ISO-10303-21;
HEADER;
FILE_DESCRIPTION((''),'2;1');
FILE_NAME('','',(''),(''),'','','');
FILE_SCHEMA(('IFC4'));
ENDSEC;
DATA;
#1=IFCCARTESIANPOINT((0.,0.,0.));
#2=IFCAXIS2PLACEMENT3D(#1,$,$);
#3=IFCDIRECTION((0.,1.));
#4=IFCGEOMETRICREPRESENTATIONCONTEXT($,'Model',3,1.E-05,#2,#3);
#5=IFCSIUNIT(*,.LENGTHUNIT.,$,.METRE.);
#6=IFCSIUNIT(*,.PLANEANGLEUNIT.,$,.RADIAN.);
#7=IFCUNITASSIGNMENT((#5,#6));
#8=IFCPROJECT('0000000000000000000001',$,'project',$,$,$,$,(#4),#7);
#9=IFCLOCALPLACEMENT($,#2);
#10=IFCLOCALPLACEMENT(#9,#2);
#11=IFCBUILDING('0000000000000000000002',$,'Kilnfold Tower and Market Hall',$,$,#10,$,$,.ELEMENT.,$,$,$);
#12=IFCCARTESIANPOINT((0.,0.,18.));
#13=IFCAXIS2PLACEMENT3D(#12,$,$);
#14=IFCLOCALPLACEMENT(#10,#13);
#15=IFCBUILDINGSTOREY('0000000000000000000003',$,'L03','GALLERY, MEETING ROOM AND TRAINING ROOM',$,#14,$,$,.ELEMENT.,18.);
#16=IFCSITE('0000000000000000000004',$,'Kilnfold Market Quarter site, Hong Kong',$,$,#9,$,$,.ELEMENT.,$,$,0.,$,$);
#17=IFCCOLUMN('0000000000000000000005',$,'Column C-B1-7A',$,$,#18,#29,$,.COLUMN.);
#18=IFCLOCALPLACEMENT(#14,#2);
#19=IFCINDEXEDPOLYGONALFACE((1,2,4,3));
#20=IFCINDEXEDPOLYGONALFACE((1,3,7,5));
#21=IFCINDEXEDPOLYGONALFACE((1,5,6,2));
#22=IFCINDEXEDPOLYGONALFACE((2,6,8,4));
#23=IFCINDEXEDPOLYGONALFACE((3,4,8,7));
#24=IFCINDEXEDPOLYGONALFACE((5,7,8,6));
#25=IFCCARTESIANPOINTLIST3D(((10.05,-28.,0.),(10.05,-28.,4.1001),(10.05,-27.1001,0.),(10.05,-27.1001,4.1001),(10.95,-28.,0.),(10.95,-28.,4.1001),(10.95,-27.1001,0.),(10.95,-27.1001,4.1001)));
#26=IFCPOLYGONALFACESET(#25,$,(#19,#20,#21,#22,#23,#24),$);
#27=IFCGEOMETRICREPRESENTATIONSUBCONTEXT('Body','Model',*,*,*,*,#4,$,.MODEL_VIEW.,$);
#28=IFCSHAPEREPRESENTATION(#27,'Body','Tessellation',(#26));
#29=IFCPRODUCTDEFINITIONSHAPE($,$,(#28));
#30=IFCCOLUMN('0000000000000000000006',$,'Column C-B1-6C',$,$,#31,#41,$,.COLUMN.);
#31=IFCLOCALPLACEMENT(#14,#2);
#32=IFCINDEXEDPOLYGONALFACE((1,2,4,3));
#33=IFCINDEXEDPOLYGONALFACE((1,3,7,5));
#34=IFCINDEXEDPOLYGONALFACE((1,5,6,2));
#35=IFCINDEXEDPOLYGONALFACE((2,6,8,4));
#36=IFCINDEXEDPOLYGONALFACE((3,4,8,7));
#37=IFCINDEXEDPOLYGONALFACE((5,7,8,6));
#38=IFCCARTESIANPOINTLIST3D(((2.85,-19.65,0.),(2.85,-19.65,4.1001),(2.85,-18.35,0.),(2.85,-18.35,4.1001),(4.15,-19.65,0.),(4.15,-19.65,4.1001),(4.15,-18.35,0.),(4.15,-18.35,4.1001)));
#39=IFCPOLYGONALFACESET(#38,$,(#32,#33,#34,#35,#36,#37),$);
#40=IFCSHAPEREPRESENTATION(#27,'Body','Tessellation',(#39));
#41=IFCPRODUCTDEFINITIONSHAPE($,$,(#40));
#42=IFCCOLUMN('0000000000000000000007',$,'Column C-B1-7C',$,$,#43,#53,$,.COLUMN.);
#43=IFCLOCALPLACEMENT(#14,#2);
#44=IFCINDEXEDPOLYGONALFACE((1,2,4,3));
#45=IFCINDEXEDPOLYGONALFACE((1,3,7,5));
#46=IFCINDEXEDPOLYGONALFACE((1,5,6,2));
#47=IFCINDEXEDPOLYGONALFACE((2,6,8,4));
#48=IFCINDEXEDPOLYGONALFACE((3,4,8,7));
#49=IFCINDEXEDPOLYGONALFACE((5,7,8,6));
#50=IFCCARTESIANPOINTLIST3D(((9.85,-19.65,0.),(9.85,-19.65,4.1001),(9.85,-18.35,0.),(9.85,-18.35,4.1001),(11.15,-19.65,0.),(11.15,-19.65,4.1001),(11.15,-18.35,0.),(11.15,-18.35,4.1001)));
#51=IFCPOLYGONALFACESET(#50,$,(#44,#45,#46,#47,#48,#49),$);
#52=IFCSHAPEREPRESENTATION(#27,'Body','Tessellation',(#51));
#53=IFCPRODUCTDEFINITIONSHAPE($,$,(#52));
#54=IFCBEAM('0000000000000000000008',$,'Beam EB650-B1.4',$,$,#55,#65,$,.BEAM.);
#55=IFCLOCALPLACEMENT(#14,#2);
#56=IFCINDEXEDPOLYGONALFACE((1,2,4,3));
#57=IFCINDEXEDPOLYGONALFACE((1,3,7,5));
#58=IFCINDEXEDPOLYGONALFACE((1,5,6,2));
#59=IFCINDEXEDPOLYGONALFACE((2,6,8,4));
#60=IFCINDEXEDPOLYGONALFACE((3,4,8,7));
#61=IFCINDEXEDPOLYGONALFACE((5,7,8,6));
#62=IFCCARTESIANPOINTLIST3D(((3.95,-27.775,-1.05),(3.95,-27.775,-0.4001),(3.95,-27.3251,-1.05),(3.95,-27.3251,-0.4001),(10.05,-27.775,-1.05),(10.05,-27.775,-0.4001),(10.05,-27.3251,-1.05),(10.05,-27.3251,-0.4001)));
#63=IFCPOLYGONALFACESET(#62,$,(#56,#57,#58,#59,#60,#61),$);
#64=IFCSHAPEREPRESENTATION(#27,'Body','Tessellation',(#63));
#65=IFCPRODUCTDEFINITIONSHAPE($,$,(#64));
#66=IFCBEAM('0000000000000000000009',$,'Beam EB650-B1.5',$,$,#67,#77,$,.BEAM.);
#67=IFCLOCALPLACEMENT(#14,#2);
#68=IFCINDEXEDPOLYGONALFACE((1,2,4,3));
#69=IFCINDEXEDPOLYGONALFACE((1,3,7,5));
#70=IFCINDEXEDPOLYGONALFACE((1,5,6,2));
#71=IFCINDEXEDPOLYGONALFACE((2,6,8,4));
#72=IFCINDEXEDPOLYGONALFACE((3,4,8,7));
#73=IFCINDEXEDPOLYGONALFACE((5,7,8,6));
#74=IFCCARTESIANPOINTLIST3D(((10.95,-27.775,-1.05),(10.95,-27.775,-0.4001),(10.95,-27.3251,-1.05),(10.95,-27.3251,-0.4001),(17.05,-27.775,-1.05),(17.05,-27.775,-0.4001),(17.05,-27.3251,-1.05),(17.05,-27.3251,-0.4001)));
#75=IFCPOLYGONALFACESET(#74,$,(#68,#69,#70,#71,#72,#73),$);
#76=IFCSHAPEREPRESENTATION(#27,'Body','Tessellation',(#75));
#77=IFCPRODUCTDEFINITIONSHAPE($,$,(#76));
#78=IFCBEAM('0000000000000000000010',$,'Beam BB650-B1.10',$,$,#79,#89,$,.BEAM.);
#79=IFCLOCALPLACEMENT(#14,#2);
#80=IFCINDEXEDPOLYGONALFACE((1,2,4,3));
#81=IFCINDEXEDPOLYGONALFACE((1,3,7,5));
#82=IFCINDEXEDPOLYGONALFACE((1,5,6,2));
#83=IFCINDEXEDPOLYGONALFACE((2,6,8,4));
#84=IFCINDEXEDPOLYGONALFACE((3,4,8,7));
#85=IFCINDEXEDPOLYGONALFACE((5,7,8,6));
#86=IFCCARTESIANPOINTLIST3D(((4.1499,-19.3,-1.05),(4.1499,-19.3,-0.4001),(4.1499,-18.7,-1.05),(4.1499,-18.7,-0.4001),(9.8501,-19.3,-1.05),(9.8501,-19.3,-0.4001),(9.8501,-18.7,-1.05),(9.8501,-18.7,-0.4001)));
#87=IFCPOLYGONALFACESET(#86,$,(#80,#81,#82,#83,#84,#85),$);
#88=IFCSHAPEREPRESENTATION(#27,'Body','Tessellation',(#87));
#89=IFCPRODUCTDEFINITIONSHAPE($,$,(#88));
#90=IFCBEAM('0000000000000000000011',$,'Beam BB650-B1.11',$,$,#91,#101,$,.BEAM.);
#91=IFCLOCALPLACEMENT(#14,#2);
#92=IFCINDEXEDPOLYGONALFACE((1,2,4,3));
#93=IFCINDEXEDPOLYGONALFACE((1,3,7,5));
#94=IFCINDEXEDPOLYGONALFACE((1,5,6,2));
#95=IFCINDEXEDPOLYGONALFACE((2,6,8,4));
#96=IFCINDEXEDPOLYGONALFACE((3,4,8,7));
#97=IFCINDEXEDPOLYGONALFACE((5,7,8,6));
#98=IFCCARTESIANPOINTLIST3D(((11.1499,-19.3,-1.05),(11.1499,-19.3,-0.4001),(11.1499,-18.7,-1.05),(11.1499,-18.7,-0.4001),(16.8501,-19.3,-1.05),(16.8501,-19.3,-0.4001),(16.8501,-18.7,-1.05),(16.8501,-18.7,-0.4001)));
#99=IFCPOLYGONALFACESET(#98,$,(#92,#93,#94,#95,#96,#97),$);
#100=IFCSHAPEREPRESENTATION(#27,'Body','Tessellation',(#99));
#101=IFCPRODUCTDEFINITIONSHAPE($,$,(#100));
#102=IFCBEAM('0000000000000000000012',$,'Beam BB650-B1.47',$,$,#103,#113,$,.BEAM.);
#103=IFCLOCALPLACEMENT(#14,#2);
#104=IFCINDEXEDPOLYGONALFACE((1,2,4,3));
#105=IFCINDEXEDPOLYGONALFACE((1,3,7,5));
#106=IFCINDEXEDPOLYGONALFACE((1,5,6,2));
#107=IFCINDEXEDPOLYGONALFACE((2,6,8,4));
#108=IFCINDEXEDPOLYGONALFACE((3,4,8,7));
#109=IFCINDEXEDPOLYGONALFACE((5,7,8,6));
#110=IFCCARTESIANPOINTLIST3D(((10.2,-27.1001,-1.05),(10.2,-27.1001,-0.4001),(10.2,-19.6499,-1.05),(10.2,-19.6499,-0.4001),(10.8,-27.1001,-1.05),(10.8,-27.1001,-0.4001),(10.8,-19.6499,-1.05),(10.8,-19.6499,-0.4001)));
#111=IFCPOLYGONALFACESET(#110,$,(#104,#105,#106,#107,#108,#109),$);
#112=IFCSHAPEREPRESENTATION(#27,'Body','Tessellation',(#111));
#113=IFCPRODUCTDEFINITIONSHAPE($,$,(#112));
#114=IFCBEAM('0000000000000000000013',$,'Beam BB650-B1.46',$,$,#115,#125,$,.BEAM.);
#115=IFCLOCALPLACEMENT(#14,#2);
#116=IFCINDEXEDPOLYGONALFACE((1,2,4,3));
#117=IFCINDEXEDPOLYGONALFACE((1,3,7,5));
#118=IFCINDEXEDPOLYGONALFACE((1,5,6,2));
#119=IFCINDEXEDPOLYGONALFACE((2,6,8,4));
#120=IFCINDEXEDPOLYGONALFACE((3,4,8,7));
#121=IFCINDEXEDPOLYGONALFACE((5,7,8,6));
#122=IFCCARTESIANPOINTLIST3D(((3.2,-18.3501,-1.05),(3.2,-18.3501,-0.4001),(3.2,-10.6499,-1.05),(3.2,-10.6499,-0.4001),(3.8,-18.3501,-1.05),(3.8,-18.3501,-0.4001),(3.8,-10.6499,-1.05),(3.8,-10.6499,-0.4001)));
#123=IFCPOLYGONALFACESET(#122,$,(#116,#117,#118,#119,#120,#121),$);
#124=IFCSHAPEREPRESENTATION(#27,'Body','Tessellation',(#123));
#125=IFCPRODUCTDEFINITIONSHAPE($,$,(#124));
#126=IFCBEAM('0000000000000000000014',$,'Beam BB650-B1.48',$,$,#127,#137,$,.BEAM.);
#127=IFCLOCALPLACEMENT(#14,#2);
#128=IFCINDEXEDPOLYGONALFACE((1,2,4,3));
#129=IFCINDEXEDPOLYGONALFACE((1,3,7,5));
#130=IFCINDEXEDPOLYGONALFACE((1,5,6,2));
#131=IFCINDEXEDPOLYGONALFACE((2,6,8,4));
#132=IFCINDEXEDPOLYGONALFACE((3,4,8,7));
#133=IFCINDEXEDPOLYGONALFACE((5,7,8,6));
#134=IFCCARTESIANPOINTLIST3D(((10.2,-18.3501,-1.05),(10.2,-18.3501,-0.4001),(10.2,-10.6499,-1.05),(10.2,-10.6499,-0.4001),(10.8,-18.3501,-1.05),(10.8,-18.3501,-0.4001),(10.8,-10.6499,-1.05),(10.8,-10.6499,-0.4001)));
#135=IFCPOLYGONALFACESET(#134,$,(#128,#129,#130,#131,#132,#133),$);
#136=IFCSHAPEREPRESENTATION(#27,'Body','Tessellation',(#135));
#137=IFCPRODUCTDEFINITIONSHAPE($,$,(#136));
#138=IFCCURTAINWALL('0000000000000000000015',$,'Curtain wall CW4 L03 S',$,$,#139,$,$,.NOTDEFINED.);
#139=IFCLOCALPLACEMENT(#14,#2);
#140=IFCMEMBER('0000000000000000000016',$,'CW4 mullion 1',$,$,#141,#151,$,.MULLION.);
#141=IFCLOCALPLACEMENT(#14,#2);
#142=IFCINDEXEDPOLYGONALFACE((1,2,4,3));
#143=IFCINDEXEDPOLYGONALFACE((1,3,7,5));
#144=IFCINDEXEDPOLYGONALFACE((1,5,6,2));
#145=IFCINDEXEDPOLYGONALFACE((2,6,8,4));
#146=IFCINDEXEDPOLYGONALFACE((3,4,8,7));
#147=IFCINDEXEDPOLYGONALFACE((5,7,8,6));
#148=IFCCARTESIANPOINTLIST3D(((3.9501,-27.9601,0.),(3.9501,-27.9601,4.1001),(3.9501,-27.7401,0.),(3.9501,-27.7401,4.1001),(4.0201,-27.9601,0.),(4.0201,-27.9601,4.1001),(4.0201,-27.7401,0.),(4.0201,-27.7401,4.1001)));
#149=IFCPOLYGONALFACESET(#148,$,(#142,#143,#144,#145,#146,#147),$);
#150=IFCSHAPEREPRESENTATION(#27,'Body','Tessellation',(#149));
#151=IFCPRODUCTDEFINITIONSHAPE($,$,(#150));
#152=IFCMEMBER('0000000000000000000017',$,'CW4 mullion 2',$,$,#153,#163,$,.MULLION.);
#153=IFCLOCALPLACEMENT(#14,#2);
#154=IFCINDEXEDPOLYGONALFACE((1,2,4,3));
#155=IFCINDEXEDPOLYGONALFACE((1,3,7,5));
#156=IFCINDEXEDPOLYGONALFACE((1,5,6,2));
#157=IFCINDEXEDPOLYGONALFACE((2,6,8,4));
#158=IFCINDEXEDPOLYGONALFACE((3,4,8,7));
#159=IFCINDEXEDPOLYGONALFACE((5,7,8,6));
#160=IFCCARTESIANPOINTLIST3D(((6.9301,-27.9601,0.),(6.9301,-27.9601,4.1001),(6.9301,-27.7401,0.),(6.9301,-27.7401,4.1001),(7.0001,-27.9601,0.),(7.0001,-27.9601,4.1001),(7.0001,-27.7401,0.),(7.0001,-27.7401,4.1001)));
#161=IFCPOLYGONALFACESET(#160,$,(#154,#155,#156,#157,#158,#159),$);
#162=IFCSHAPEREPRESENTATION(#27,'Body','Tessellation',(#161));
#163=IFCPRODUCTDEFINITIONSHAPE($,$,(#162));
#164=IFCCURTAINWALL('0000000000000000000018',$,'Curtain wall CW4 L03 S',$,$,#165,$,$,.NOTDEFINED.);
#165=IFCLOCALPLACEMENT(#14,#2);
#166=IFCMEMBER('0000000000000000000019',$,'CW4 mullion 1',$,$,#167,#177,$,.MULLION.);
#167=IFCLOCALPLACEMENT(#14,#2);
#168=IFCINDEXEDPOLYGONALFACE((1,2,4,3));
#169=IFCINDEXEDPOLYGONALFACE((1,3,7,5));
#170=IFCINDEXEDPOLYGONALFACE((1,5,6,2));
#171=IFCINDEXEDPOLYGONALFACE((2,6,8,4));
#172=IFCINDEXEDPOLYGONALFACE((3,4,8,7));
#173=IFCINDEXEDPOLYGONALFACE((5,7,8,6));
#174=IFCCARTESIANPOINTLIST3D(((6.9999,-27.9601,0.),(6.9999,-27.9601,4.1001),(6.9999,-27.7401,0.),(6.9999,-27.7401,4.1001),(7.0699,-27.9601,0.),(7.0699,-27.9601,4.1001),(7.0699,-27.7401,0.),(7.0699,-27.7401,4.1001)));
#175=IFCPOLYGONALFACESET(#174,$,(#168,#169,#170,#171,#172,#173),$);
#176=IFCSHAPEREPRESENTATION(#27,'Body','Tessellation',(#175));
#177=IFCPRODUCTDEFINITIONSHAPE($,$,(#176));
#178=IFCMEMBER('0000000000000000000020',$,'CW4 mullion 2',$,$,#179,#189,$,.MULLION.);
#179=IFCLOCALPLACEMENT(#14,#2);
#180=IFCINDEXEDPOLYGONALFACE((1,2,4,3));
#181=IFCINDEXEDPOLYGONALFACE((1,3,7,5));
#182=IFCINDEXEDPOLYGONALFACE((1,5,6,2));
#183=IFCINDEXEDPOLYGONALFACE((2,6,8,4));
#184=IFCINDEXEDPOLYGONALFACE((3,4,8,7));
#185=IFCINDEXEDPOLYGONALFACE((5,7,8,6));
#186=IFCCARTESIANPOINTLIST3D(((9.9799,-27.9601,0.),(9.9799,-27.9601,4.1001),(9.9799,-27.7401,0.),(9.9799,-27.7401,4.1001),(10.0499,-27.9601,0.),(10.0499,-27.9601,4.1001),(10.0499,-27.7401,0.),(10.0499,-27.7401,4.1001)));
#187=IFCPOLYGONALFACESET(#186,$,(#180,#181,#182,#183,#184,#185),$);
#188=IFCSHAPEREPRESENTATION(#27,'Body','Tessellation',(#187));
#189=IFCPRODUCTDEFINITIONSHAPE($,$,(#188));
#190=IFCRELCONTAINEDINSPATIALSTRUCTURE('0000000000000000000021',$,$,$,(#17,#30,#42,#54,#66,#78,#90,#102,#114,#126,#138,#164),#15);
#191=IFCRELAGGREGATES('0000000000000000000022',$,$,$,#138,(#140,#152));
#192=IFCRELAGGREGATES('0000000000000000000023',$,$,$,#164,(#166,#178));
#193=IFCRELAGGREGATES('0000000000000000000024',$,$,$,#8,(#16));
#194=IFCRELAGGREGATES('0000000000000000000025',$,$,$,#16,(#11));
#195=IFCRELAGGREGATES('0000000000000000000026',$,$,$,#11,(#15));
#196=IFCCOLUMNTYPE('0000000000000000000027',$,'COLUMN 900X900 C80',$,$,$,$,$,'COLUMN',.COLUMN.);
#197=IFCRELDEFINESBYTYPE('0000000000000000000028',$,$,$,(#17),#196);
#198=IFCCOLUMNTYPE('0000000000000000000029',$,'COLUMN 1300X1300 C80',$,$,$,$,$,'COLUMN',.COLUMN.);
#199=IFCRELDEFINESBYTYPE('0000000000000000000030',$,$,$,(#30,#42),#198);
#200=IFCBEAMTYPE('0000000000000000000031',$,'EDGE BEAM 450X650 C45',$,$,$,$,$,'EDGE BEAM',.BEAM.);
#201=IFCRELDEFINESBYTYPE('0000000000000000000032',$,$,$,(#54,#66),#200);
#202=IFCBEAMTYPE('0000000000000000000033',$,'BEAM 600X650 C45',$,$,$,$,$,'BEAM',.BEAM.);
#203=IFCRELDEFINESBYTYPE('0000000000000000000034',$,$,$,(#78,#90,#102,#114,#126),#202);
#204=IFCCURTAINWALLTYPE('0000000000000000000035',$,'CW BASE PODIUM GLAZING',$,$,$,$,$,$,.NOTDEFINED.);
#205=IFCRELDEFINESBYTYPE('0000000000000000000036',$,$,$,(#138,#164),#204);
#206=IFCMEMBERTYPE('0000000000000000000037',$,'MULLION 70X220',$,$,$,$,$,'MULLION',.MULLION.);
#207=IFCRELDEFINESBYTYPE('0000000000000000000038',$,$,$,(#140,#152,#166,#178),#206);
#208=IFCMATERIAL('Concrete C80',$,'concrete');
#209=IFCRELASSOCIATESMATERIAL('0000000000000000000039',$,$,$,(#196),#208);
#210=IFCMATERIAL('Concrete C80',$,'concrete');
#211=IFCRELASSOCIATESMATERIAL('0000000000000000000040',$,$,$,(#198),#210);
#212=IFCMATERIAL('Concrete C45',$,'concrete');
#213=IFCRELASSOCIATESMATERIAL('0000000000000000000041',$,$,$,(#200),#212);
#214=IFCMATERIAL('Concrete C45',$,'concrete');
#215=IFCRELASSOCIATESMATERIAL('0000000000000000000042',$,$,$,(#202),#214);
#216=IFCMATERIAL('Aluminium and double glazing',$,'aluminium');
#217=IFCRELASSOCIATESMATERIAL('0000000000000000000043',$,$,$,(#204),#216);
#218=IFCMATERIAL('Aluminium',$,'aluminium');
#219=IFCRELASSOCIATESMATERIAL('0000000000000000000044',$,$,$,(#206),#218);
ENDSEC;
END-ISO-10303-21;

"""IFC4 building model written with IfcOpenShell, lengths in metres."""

from ifc_helpers import new_model, si_unit, direction, frame, origin, origin_2d, place, context, subcontext, project, spatial, rectangle, extrude, source, transform, mapped, material, material_profile, profile_set, type_object, element, aggregate, save


model = new_model("IFC4")

# Units and contexts
model_context = context("Model", 3, precision=1e-05, world=origin(), true_north=direction((0.0, 1.0)))
body_context = subcontext(model_context, "Body", "Model", "MODEL_VIEW")
ifc_project = project(units=[si_unit("LENGTHUNIT", "METRE"), si_unit("PLANEANGLEUNIT", "RADIAN")], contexts=[model_context])

# Site, building, storey
site_placement = place(None, origin())
site = spatial("IfcSite", under=ifc_project, at=site_placement, Name="Kilnfold Market Quarter site, Hong Kong", CompositionType="ELEMENT", RefElevation=0.0)
building_placement = place(site_placement, origin())
building = spatial("IfcBuilding", under=site, at=building_placement, Name="Kilnfold Tower and Market Hall", CompositionType="ELEMENT")
storey_placement = place(building_placement, frame((0.0, 0.0, 18.0)))
storey = spatial("IfcBuildingStorey", under=building, at=storey_placement, Name="L03", Description="GALLERY, MEETING ROOM AND TRAINING ROOM", CompositionType="ELEMENT", Elevation=18.0)

# Columns
ifc_material_1 = material(Name="Concrete C80", Category="concrete")
ifc_material_profile_1 = material_profile(ifc_material_1, rectangle(XDim=0.8999, YDim=0.8999, at=origin_2d()), Name="RC 900x900")
ifc_profile_set_1 = profile_set([ifc_material_profile_1], Name="Concrete C80")
column_type_1 = type_object("IfcColumnType", Name="COLUMN 900X900 C80", ElementType="COLUMN", PredefinedType="COLUMN", material=ifc_profile_set_1)
shared_shape_1 = source(origin(), body_context, "Body", "SweptSolid", [
    extrude(rectangle(XDim=0.8999, YDim=0.8999, at=origin_2d()), origin(), (0.0, 0.0, 1.0), 4.1001),
])
column_placement = place(storey_placement, frame((10.5, -27.55, 0.0), z_axis=(0.0, 0.0, 1.0), x_axis=(1.0, 0.0, 0.0)))
element("IfcColumn", 1, at=column_placement, inside=storey, type_object=column_type_1, Name="Column C-B1-7A", PredefinedType="COLUMN", context=body_context, shape_type="MappedRepresentation", body=[
    mapped(shared_shape_1, transform((0.0, 0.0, 0.0))),
])
ifc_material_2 = material(Name="Concrete C80", Category="concrete")
ifc_material_profile_2 = material_profile(ifc_material_2, rectangle(XDim=1.3, YDim=1.3, at=origin_2d()), Name="RC 1300x1300")
ifc_profile_set_2 = profile_set([ifc_material_profile_2], Name="Concrete C80")
column_type_2 = type_object("IfcColumnType", Name="COLUMN 1300X1300 C80", ElementType="COLUMN", PredefinedType="COLUMN", material=ifc_profile_set_2)
shared_shape_2 = source(origin(), body_context, "Body", "SweptSolid", [
    extrude(rectangle(XDim=1.3, YDim=1.3, at=origin_2d()), origin(), (0.0, 0.0, 1.0), 4.1001),
])
for number, where, z_axis, x_axis, name in (
    (2, (3.5, -19.0, 0.0), (0.0, 0.0, 1.0), (1.0, 0.0, 0.0), "Column C-B1-6C"),
    (3, (10.5, -19.0, 0.0), (0.0, 0.0, 1.0), (1.0, 0.0, 0.0), "Column C-B1-7C"),
):
    element("IfcColumn", number, at=place(storey_placement, frame(where, z_axis=z_axis, x_axis=x_axis)), inside=storey, type_object=column_type_2, Name=name, PredefinedType="COLUMN", context=body_context, shape_type="MappedRepresentation", body=[
        mapped(shared_shape_2, transform((0.0, 0.0, 0.0))),
    ])

# Beams
ifc_material_3 = material(Name="Concrete C45", Category="concrete")
ifc_material_profile_3 = material_profile(ifc_material_3, rectangle(XDim=0.45, YDim=0.6499, at=origin_2d()), Name="RC 450x650")
ifc_profile_set_3 = profile_set([ifc_material_profile_3], Name="Concrete C45")
beam_type_1 = type_object("IfcBeamType", Name="EDGE BEAM 450X650 C45", ElementType="EDGE BEAM", PredefinedType="BEAM", material=ifc_profile_set_3)
shared_shape_3 = source(origin(), body_context, "Body", "SweptSolid", [
    extrude(rectangle(XDim=0.45, YDim=0.6499, at=origin_2d()), origin(), (0.0, 0.0, 1.0), 6.1001),
])
for number, where, z_axis, x_axis, name in (
    (4, (3.95, -27.55, -0.7251), (1.0, 0.0, 0.0), (0.0, 1.0, 0.0), "Beam EB650-B1.4"),
    (5, (10.95, -27.55, -0.7251), (1.0, 0.0, 0.0), (0.0, 1.0, 0.0), "Beam EB650-B1.5"),
):
    element("IfcBeam", number, at=place(storey_placement, frame(where, z_axis=z_axis, x_axis=x_axis)), inside=storey, type_object=beam_type_1, Name=name, PredefinedType="BEAM", context=body_context, shape_type="MappedRepresentation", body=[
        mapped(shared_shape_3, transform((0.0, 0.0, 0.0))),
    ])
ifc_material_4 = material(Name="Concrete C45", Category="concrete")
ifc_material_profile_4 = material_profile(ifc_material_4, rectangle(XDim=0.6001, YDim=0.6499, at=origin_2d()), Name="RC 600x650")
ifc_profile_set_4 = profile_set([ifc_material_profile_4], Name="Concrete C45")
beam_type_2 = type_object("IfcBeamType", Name="BEAM 600X650 C45", ElementType="BEAM", PredefinedType="BEAM", material=ifc_profile_set_4)
shared_shape_4 = source(origin(), body_context, "Body", "SweptSolid", [
    extrude(rectangle(XDim=0.6001, YDim=0.6499, at=origin_2d()), origin(), (0.0, 0.0, 1.0), 5.7002),
])
for number, where, z_axis, x_axis, name in (
    (6, (4.1499, -19.0, -0.7251), (1.0, 0.0, 0.0), (0.0, 1.0, 0.0), "Beam BB650-B1.10"),
    (7, (11.1499, -19.0, -0.7251), (1.0, 0.0, 0.0), (0.0, 1.0, 0.0), "Beam BB650-B1.11"),
):
    element("IfcBeam", number, at=place(storey_placement, frame(where, z_axis=z_axis, x_axis=x_axis)), inside=storey, type_object=beam_type_2, Name=name, PredefinedType="BEAM", context=body_context, shape_type="MappedRepresentation", body=[
        mapped(shared_shape_4, transform((0.0, 0.0, 0.0))),
    ])
shared_shape_5 = source(origin(), body_context, "Body", "SweptSolid", [
    extrude(rectangle(XDim=0.6001, YDim=0.6499, at=origin_2d()), origin(), (0.0, 0.0, 1.0), 7.4502),
])
beam_placement = place(storey_placement, frame((10.5, -27.1001, -0.7251), z_axis=(0.0, 1.0, 0.0), x_axis=(-1.0, 0.0, 0.0)))
element("IfcBeam", 8, at=beam_placement, inside=storey, type_object=beam_type_2, Name="Beam BB650-B1.47", PredefinedType="BEAM", context=body_context, shape_type="MappedRepresentation", body=[
    mapped(shared_shape_5, transform((0.0, 0.0, 0.0))),
])
shared_shape_6 = source(origin(), body_context, "Body", "SweptSolid", [
    extrude(rectangle(XDim=0.6001, YDim=0.6499, at=origin_2d()), origin(), (0.0, 0.0, 1.0), 7.7002),
])
for number, where, z_axis, x_axis, name in (
    (9, (3.5, -18.3501, -0.7251), (0.0, 1.0, 0.0), (-1.0, 0.0, 0.0), "Beam BB650-B1.46"),
    (10, (10.5, -18.3501, -0.7251), (0.0, 1.0, 0.0), (-1.0, 0.0, 0.0), "Beam BB650-B1.48"),
):
    element("IfcBeam", number, at=place(storey_placement, frame(where, z_axis=z_axis, x_axis=x_axis)), inside=storey, type_object=beam_type_2, Name=name, PredefinedType="BEAM", context=body_context, shape_type="MappedRepresentation", body=[
        mapped(shared_shape_6, transform((0.0, 0.0, 0.0))),
    ])

# Curtain walls, members
ifc_material_5 = material(Name="Aluminium and double glazing", Category="aluminium")
curtain_wall_type = type_object("IfcCurtainWallType", Name="CW BASE PODIUM GLAZING", PredefinedType="NOTDEFINED", material=ifc_material_5)
curtain_wall_1_placement = place(storey_placement, origin())
curtain_wall_1 = element("IfcCurtainWall", 11, at=curtain_wall_1_placement, inside=storey, type_object=curtain_wall_type, Name="Curtain wall CW4 L03 S", PredefinedType="NOTDEFINED")
ifc_material_6 = material(Name="Aluminium", Category="aluminium")
ifc_material_profile_5 = material_profile(ifc_material_6, rectangle(XDim=0.0701, YDim=0.22, at=origin_2d()), Name="MULLION 70x220")
ifc_profile_set_5 = profile_set([ifc_material_profile_5], Name="Aluminium")
member_type_1 = type_object("IfcMemberType", Name="MULLION 70X220", ElementType="MULLION", PredefinedType="MULLION", material=ifc_profile_set_5)
shared_shape_7 = source(origin(), body_context, "Body", "SweptSolid", [
    extrude(rectangle(XDim=0.0701, YDim=0.22, at=origin_2d()), origin(), (0.0, 0.0, 1.0), 4.1001),
])
member_1_placement = place(storey_placement, frame((3.9851, -27.8501, 0.0), z_axis=(0.0, 0.0, 1.0), x_axis=(1.0, 0.0, 0.0)))
member_1 = element("IfcMember", 12, at=member_1_placement, type_object=member_type_1, Name="CW4 mullion 1", PredefinedType="MULLION", context=body_context, shape_type="MappedRepresentation", body=[
    mapped(shared_shape_7, transform((0.0, 0.0, 0.0))),
])
member_2_placement = place(storey_placement, frame((6.9651, -27.8501, 0.0), z_axis=(0.0, 0.0, 1.0), x_axis=(1.0, 0.0, 0.0)))
member_2 = element("IfcMember", 13, at=member_2_placement, type_object=member_type_1, Name="CW4 mullion 2", PredefinedType="MULLION", context=body_context, shape_type="MappedRepresentation", body=[
    mapped(shared_shape_7, transform((0.0, 0.0, 0.0))),
])
curtain_wall_2_placement = place(storey_placement, origin())
curtain_wall_2 = element("IfcCurtainWall", 14, at=curtain_wall_2_placement, inside=storey, type_object=curtain_wall_type, Name="Curtain wall CW4 L03 S", PredefinedType="NOTDEFINED")
member_3_placement = place(storey_placement, frame((7.0349, -27.8501, 0.0), z_axis=(0.0, 0.0, 1.0), x_axis=(1.0, 0.0, 0.0)))
member_3 = element("IfcMember", 15, at=member_3_placement, type_object=member_type_1, Name="CW4 mullion 1", PredefinedType="MULLION", context=body_context, shape_type="MappedRepresentation", body=[
    mapped(shared_shape_7, transform((0.0, 0.0, 0.0))),
])
member_4_placement = place(storey_placement, frame((10.0149, -27.8501, 0.0), z_axis=(0.0, 0.0, 1.0), x_axis=(1.0, 0.0, 0.0)))
member_4 = element("IfcMember", 16, at=member_4_placement, type_object=member_type_1, Name="CW4 mullion 2", PredefinedType="MULLION", context=body_context, shape_type="MappedRepresentation", body=[
    mapped(shared_shape_7, transform((0.0, 0.0, 0.0))),
])

aggregate(curtain_wall_1, [member_1, member_2])
aggregate(curtain_wall_2, [member_3, member_4])

save(model, "model.ifc")
